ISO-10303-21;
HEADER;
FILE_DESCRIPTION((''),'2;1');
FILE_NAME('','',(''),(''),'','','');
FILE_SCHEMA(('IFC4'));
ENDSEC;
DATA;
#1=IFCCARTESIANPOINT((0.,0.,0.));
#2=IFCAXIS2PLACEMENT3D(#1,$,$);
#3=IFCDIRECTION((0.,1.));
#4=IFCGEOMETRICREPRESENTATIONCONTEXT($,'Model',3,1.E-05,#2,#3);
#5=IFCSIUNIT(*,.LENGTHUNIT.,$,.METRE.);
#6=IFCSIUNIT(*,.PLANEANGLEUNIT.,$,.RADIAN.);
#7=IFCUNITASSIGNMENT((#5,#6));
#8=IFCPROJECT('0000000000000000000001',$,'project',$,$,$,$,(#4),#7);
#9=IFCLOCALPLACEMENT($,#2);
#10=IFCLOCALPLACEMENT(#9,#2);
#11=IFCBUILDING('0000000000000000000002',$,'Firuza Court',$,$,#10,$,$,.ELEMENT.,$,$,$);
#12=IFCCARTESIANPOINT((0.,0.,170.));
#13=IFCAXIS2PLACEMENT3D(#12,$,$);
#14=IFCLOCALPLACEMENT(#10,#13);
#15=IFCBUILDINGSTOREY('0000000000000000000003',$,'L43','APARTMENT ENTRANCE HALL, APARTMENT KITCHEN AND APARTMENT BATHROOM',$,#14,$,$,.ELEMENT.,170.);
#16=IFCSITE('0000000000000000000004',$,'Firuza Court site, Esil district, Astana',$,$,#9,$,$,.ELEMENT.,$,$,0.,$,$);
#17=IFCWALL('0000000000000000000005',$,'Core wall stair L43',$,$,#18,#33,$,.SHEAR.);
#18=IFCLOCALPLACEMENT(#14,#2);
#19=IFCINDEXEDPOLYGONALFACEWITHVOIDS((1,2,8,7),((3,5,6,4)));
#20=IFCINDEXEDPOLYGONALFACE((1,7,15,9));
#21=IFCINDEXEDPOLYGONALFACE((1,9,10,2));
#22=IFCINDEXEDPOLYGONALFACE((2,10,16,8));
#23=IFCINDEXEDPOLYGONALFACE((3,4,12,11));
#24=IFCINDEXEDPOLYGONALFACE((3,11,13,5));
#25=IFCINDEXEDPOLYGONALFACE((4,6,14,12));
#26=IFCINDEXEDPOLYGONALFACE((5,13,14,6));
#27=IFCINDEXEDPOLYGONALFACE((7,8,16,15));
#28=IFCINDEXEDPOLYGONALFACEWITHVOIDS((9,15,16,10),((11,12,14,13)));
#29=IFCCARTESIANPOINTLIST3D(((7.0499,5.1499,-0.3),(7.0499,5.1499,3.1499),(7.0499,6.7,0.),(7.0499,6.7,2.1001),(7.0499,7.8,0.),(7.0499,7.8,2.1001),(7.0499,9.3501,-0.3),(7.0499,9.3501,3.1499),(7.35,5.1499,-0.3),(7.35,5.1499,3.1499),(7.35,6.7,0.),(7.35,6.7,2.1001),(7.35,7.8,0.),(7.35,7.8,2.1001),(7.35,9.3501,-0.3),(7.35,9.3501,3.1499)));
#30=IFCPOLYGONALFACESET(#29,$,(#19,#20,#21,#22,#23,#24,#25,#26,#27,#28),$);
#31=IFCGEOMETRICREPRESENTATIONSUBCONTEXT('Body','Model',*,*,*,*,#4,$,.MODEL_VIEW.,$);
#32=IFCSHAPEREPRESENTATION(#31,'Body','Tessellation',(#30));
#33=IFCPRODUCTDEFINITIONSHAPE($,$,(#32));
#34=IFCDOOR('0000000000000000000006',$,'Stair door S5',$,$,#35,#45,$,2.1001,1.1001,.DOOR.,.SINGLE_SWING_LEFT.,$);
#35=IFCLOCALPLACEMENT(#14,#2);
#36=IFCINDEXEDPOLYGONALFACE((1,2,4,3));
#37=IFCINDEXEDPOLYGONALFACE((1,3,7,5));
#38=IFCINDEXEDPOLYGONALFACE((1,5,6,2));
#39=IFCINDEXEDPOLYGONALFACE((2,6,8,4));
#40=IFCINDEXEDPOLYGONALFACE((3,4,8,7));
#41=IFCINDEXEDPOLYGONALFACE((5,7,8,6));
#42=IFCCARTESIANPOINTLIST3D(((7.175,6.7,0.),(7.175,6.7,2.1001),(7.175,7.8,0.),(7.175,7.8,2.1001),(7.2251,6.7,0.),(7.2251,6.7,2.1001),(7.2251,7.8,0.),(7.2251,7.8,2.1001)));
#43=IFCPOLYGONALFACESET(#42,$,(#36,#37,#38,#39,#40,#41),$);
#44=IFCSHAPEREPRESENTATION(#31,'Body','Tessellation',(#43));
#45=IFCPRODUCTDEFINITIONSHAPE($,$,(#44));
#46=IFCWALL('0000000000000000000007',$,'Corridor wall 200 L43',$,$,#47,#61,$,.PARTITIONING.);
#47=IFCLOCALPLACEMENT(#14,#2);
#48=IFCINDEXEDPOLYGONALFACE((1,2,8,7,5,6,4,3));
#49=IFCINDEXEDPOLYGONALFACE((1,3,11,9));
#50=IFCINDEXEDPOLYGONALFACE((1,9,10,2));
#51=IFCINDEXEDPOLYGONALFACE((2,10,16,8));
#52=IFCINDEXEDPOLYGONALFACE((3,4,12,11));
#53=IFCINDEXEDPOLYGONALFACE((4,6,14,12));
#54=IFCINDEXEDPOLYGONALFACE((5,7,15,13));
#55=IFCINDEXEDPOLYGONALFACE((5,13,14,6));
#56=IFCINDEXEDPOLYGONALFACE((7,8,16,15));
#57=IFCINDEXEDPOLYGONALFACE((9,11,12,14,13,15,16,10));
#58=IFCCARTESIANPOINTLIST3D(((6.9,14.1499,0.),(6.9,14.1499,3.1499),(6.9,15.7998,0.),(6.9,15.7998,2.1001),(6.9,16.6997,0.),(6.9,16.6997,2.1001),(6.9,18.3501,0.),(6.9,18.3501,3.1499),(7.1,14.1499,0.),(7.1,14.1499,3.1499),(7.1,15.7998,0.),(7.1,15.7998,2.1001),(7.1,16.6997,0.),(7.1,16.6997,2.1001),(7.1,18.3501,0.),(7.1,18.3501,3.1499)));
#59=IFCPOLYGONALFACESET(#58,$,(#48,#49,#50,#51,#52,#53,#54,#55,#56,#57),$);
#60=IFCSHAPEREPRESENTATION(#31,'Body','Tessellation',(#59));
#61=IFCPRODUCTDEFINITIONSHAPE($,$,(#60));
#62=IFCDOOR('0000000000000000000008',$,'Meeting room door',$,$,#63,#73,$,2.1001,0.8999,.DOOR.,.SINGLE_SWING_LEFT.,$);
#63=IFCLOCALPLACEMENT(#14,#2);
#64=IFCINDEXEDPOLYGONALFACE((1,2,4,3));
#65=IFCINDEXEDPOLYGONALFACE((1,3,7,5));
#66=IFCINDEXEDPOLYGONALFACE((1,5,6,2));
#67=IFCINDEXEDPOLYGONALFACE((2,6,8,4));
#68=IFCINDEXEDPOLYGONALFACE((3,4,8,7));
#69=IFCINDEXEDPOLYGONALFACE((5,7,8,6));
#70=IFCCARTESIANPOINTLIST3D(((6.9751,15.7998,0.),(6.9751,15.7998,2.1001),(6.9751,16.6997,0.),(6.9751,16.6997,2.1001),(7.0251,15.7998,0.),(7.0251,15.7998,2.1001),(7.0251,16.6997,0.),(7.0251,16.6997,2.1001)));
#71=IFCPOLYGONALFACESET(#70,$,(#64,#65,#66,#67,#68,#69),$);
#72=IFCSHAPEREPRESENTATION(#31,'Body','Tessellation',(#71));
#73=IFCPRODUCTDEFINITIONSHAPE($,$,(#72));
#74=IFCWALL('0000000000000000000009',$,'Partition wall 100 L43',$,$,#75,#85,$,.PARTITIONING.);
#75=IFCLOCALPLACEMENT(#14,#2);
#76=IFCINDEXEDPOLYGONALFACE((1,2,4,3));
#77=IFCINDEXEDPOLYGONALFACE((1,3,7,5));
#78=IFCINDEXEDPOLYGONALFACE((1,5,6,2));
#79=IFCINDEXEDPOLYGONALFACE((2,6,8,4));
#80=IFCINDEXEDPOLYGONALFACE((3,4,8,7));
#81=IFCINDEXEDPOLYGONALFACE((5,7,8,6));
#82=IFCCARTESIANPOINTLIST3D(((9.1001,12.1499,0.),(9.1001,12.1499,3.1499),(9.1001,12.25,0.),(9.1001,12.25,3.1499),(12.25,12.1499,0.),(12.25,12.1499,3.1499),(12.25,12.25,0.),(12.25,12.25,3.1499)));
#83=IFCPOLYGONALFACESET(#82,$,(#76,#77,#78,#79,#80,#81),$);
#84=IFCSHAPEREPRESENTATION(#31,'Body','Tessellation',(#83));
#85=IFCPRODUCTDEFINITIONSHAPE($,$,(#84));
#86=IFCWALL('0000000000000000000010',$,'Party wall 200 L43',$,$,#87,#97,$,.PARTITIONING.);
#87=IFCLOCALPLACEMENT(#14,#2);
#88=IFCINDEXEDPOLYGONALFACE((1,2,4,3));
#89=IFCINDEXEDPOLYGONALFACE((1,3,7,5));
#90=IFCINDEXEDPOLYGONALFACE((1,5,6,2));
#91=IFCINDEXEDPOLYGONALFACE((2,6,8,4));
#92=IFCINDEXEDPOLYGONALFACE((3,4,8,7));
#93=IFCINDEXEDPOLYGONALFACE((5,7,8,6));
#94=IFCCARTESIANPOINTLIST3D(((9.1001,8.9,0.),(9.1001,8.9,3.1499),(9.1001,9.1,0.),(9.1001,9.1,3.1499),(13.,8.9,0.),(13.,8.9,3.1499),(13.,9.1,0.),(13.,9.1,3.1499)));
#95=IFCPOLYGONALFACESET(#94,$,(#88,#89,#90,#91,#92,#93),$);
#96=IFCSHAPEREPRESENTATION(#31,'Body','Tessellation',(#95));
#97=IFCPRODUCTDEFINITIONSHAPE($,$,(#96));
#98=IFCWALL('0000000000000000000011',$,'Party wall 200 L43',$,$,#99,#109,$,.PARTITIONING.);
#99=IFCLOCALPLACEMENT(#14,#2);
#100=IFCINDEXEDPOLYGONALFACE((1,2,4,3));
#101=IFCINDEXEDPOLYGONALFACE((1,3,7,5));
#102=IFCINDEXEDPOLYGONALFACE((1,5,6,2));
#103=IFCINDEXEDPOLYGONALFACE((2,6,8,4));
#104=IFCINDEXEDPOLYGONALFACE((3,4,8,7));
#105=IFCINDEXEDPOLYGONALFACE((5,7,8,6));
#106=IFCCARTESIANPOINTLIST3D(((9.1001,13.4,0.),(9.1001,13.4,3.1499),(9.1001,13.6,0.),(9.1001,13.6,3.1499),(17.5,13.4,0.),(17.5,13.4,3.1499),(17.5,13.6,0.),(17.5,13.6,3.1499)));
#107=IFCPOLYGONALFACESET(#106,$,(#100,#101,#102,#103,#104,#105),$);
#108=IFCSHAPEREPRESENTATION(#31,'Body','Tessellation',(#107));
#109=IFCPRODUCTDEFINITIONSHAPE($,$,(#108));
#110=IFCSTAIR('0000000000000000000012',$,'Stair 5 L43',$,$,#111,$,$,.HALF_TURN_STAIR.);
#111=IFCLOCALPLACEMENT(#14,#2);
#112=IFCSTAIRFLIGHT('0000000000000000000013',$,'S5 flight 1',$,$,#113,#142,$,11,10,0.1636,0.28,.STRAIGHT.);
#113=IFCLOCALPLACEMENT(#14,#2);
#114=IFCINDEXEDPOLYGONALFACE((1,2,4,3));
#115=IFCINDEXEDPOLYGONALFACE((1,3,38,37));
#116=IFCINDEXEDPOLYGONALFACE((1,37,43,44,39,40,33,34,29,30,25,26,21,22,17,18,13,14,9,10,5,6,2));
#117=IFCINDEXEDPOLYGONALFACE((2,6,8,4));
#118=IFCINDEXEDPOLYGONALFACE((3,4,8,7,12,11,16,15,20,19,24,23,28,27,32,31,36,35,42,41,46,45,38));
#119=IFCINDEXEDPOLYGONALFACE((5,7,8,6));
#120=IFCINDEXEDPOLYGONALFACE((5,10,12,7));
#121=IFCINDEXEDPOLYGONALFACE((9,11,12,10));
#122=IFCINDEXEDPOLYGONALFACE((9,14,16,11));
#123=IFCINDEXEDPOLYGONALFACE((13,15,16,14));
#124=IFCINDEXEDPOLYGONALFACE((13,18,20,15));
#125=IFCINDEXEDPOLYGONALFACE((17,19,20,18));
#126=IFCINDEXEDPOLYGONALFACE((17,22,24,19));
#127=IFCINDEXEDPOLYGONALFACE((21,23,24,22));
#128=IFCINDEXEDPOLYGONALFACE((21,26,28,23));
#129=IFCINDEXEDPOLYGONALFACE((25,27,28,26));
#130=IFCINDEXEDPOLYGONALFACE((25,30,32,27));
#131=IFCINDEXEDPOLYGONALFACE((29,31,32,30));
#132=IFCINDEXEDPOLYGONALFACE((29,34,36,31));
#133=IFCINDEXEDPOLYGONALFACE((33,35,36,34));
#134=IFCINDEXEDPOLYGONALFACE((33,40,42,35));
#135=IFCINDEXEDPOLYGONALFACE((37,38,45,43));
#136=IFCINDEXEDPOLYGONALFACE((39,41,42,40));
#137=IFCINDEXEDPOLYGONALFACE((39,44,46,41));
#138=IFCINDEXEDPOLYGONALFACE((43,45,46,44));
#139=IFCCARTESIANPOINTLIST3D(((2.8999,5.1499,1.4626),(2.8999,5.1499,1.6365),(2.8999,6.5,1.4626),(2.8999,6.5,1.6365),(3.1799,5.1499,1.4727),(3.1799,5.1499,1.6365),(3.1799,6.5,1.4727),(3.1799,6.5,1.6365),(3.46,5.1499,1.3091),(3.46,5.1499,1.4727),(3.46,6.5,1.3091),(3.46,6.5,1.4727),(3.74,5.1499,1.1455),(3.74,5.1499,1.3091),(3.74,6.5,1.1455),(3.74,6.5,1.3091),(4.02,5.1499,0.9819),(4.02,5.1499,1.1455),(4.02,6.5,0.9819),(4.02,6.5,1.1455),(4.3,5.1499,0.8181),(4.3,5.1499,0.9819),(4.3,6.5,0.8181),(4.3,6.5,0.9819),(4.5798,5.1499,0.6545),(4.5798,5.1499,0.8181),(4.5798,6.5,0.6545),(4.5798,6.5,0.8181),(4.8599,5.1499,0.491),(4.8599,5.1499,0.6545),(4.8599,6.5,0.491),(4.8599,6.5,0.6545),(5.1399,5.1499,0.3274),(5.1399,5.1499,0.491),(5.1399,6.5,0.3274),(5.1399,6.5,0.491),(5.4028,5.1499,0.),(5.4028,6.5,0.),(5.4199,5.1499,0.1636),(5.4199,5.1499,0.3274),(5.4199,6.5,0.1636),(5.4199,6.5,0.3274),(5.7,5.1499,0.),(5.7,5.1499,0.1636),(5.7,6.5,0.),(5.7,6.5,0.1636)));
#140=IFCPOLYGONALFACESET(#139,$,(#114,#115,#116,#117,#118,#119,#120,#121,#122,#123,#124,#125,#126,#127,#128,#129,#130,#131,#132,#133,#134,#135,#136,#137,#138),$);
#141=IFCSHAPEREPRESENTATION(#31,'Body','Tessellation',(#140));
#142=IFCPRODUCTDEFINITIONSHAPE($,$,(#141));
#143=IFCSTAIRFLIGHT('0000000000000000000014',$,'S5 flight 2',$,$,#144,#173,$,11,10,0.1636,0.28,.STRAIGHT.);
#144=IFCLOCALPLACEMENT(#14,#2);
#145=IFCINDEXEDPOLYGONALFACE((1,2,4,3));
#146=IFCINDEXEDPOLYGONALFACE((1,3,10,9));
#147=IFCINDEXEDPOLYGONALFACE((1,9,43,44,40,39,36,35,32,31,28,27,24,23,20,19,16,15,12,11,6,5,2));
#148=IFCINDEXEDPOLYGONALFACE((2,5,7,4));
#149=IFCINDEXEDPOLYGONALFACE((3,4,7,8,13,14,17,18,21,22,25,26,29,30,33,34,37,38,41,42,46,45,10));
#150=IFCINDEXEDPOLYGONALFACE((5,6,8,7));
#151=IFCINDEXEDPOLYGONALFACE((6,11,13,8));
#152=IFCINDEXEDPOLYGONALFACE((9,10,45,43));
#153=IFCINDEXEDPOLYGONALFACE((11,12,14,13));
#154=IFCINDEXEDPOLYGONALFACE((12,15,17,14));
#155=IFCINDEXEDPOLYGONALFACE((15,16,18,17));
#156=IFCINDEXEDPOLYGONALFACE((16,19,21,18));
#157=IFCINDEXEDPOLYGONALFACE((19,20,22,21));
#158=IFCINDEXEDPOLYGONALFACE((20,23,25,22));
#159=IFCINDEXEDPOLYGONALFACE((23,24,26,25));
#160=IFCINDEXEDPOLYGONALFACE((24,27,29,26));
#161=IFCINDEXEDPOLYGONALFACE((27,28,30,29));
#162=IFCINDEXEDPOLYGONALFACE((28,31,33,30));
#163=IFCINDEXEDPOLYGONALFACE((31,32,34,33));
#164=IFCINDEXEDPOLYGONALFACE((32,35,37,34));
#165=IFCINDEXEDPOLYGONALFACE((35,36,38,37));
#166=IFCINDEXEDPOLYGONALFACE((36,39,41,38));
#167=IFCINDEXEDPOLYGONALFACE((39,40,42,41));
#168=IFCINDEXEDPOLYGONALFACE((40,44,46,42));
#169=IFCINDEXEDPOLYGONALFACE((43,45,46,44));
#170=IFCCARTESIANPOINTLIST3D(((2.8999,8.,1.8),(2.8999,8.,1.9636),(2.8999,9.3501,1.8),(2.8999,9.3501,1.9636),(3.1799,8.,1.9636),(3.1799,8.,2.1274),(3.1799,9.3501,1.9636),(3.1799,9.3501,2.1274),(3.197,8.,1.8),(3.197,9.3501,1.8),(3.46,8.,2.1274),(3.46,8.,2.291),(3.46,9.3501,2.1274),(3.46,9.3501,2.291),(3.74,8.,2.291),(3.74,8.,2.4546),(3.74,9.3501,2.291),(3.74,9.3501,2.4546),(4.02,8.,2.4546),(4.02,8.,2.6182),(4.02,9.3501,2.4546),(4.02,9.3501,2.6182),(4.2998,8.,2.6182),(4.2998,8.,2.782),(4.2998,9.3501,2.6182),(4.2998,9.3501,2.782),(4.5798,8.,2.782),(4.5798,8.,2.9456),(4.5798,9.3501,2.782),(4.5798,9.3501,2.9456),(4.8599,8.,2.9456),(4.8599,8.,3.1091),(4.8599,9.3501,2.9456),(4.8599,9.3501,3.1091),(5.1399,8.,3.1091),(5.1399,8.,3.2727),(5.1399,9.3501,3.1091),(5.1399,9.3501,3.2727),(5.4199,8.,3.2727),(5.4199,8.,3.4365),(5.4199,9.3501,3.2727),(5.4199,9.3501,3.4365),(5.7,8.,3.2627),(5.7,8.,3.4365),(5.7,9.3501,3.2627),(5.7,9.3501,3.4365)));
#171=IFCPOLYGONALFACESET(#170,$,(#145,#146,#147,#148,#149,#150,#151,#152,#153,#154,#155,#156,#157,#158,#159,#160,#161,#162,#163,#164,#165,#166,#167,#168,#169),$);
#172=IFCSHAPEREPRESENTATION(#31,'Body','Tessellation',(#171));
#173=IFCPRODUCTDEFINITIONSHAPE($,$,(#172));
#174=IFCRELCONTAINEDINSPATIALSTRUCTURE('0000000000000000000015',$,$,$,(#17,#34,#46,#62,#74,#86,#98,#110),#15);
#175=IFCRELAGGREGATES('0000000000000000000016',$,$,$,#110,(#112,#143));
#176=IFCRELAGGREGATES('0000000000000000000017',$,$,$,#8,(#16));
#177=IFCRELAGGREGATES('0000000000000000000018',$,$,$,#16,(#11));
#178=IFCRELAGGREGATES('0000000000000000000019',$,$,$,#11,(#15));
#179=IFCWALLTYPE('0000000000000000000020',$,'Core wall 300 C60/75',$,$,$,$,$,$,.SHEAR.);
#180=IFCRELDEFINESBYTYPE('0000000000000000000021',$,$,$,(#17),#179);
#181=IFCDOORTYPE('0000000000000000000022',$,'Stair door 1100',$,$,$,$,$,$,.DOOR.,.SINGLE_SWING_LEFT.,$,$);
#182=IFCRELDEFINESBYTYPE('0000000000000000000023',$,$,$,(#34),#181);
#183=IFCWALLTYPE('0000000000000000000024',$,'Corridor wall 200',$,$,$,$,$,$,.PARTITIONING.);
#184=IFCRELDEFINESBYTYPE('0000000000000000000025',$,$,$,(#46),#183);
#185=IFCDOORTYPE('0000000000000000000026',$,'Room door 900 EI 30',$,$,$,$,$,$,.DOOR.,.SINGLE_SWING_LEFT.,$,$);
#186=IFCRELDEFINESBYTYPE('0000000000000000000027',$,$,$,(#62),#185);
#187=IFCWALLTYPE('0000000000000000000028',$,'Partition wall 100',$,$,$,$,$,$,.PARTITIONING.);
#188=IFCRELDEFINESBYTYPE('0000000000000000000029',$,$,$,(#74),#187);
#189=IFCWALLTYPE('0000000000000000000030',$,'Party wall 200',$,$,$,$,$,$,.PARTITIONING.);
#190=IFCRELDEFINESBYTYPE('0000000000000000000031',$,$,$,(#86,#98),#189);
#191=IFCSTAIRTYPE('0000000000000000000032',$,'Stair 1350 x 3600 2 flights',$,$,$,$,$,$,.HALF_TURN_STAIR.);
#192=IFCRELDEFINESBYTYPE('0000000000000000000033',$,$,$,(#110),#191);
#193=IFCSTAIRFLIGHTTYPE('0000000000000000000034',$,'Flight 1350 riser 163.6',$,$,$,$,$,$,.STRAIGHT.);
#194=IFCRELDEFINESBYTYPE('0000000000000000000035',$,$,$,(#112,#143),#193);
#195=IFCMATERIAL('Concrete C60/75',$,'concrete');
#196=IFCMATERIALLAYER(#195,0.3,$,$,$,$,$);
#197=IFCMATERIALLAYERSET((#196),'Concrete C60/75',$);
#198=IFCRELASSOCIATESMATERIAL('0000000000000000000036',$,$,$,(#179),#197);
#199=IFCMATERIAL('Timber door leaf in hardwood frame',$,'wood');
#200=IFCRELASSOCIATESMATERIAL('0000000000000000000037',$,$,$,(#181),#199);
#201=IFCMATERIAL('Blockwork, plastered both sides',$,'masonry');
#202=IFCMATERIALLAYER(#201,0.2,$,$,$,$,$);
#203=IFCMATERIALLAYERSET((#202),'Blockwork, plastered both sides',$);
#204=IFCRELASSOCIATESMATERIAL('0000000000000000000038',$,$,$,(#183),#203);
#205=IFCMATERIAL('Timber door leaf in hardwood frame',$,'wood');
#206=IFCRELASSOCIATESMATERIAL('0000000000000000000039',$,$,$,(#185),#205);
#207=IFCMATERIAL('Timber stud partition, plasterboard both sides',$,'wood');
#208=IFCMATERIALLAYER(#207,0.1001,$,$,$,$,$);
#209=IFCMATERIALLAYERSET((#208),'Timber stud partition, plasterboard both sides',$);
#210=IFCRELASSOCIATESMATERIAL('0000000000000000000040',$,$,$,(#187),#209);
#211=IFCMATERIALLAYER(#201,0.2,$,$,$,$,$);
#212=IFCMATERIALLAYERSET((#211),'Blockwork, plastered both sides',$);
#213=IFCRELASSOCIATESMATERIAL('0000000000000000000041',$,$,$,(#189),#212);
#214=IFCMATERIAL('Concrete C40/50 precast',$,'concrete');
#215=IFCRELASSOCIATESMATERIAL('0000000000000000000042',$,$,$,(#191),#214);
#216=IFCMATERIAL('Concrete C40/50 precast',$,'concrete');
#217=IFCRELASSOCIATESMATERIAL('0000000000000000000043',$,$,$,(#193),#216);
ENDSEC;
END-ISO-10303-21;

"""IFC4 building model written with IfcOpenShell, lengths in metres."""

from ifc_helpers import new_model, si_unit, direction, frame, frame_2d, origin, place, context, subcontext, project, spatial, polyline, rectangle, outline, extrude, material, layer, layer_set, type_object, element, fill, aggregate, save


model = new_model("IFC4")

# Units and contexts
model_context = context("Model", 3, precision=1e-05, world=origin(), true_north=direction((0.0, 1.0)))
body_context = subcontext(model_context, "Body", "Model", "MODEL_VIEW")
ifc_project = project(units=[si_unit("LENGTHUNIT", "METRE"), si_unit("PLANEANGLEUNIT", "RADIAN")], contexts=[model_context])

# Site, building, storey
site_placement = place(None, origin())
site = spatial("IfcSite", under=ifc_project, at=site_placement, Name="Firuza Court site, Esil district, Astana", CompositionType="ELEMENT", RefElevation=0.0)
building_placement = place(site_placement, origin())
building = spatial("IfcBuilding", under=site, at=building_placement, Name="Firuza Court", CompositionType="ELEMENT")
storey_placement = place(building_placement, frame((0.0, 0.0, 170.0)))
storey = spatial("IfcBuildingStorey", under=building, at=storey_placement, Name="L43", Description="APARTMENT ENTRANCE HALL, APARTMENT KITCHEN AND APARTMENT BATHROOM", CompositionType="ELEMENT", Elevation=170.0)

# Shared definitions
ifc_material_1 = material(Name="Concrete C60/75", Category="concrete")
ifc_layer_1 = layer(ifc_material_1, 0.3)
ifc_layer_set_1 = layer_set([ifc_layer_1], Name="Concrete C60/75")
wall_type_1 = type_object("IfcWallType", Name="Core wall 300 C60/75", PredefinedType="SHEAR", material=ifc_layer_set_1)

# Walls, openings, doors
wall_1_placement = place(storey_placement, frame((7.2, 5.1499, -0.3), z_axis=(0.0, 0.0, 1.0), x_axis=(0.0, 1.0, 0.0)))
wall_1 = element("IfcWall", 1, at=wall_1_placement, inside=storey, type_object=wall_type_1, Name="Core wall stair L43", PredefinedType="SHEAR", context=body_context, shape_type="SweptSolid", body=[
    extrude(rectangle(XDim=4.2002, YDim=0.3, at=frame_2d((2.1001, 0.0))), origin(), (0.0, 0.0, 1.0), 3.45),
])
opening_1_placement = place(wall_1_placement, frame((1.55, 0.0, 0.3)))
opening_1 = element("IfcOpeningElement", 2, at=opening_1_placement, cuts=wall_1, PredefinedType="OPENING", context=body_context, shape_type="SweptSolid", body=[
    extrude(rectangle(XDim=1.1001, YDim=2.1001, at=frame_2d((0.55, 1.05))), frame((0.0, 0.1621, 0.0), z_axis=(0.0, -1.0, 0.0), x_axis=(1.0, 0.0, 0.0)), (0.0, 0.0, 1.0), 0.324),
])
ifc_material_2 = material(Name="Timber door leaf in hardwood frame", Category="wood")
door_type_1 = type_object("IfcDoorType", Name="Stair door 1100", OperationType="SINGLE_SWING_LEFT", PredefinedType="DOOR", material=ifc_material_2)
door_1_placement = place(opening_1_placement, origin())
door_1 = element("IfcDoor", 3, at=door_1_placement, inside=storey, type_object=door_type_1, Name="Stair door S5", OperationType="SINGLE_SWING_LEFT", OverallHeight=2.1001, OverallWidth=1.1001, PredefinedType="DOOR", context=body_context, shape_type="SweptSolid", body=[
    extrude(rectangle(XDim=1.1001, YDim=2.1001, at=frame_2d((0.55, 1.05))), frame((0.0, 0.0249, 0.0), z_axis=(0.0, -1.0, 0.0), x_axis=(1.0, 0.0, 0.0)), (0.0, 0.0, 1.0), 0.05),
])
fill(opening_1, door_1)
ifc_material_3 = material(Name="Blockwork, plastered both sides", Category="masonry")
ifc_layer_2 = layer(ifc_material_3, 0.2)
ifc_layer_set_2 = layer_set([ifc_layer_2], Name="Blockwork, plastered both sides")
wall_type_2 = type_object("IfcWallType", Name="Corridor wall 200", PredefinedType="PARTITIONING", material=ifc_layer_set_2)
wall_2_placement = place(storey_placement, frame((7.0, 14.1499, 0.0), z_axis=(0.0, 0.0, 1.0), x_axis=(0.0, 1.0, 0.0)))
wall_2 = element("IfcWall", 4, at=wall_2_placement, inside=storey, type_object=wall_type_2, Name="Corridor wall 200 L43", PredefinedType="PARTITIONING", context=body_context, shape_type="SweptSolid", body=[
    extrude(rectangle(XDim=4.2002, YDim=0.2, at=frame_2d((2.1001, 0.0))), origin(), (0.0, 0.0, 1.0), 3.1499),
])
opening_2_placement = place(wall_2_placement, frame((1.6499, 0.0, 0.0)))
opening_2 = element("IfcOpeningElement", 5, at=opening_2_placement, cuts=wall_2, PredefinedType="OPENING", context=body_context, shape_type="SweptSolid", body=[
    extrude(rectangle(XDim=0.8999, YDim=2.1001, at=frame_2d((0.45, 1.05))), frame((0.0, 0.1118, 0.0), z_axis=(0.0, -1.0, 0.0), x_axis=(1.0, 0.0, 0.0)), (0.0, 0.0, 1.0), 0.2239),
])
ifc_material_4 = material(Name="Timber door leaf in hardwood frame", Category="wood")
door_type_2 = type_object("IfcDoorType", Name="Room door 900 EI 30", OperationType="SINGLE_SWING_LEFT", PredefinedType="DOOR", material=ifc_material_4)
door_2_placement = place(opening_2_placement, origin())
door_2 = element("IfcDoor", 6, at=door_2_placement, inside=storey, type_object=door_type_2, Name="Meeting room door", OperationType="SINGLE_SWING_LEFT", OverallHeight=2.1001, OverallWidth=0.8999, PredefinedType="DOOR", context=body_context, shape_type="SweptSolid", body=[
    extrude(rectangle(XDim=0.8999, YDim=2.1001, at=frame_2d((0.45, 1.05))), frame((0.0, 0.0249, 0.0), z_axis=(0.0, -1.0, 0.0), x_axis=(1.0, 0.0, 0.0)), (0.0, 0.0, 1.0), 0.05),
])
fill(opening_2, door_2)

# Walls
ifc_material_5 = material(Name="Timber stud partition, plasterboard both sides", Category="wood")
ifc_layer_3 = layer(ifc_material_5, 0.1001)
ifc_layer_set_3 = layer_set([ifc_layer_3], Name="Timber stud partition, plasterboard both sides")
wall_type_3 = type_object("IfcWallType", Name="Partition wall 100", PredefinedType="PARTITIONING", material=ifc_layer_set_3)
wall_3_placement = place(storey_placement, frame((9.1001, 12.2, 0.0), z_axis=(0.0, 0.0, 1.0), x_axis=(1.0, 0.0, 0.0)))
element("IfcWall", 7, at=wall_3_placement, inside=storey, type_object=wall_type_3, Name="Partition wall 100 L43", PredefinedType="PARTITIONING", context=body_context, shape_type="SweptSolid", body=[
    extrude(rectangle(XDim=3.1499, YDim=0.1001, at=frame_2d((1.575, 0.0))), origin(), (0.0, 0.0, 1.0), 3.1499),
])
ifc_layer_4 = layer(ifc_material_3, 0.2)
ifc_layer_set_4 = layer_set([ifc_layer_4], Name="Blockwork, plastered both sides")
wall_type_4 = type_object("IfcWallType", Name="Party wall 200", PredefinedType="PARTITIONING", material=ifc_layer_set_4)
wall_4_placement = place(storey_placement, frame((9.1001, 9.0, 0.0), z_axis=(0.0, 0.0, 1.0), x_axis=(1.0, 0.0, 0.0)))
element("IfcWall", 8, at=wall_4_placement, inside=storey, type_object=wall_type_4, Name="Party wall 200 L43", PredefinedType="PARTITIONING", context=body_context, shape_type="SweptSolid", body=[
    extrude(rectangle(XDim=3.8999, YDim=0.2, at=frame_2d((1.95, 0.0))), origin(), (0.0, 0.0, 1.0), 3.1499),
])
wall_5_placement = place(storey_placement, frame((9.1001, 13.5, 0.0), z_axis=(0.0, 0.0, 1.0), x_axis=(1.0, 0.0, 0.0)))
element("IfcWall", 9, at=wall_5_placement, inside=storey, type_object=wall_type_4, Name="Party wall 200 L43", PredefinedType="PARTITIONING", context=body_context, shape_type="SweptSolid", body=[
    extrude(rectangle(XDim=8.3999, YDim=0.2, at=frame_2d((4.2, 0.0))), origin(), (0.0, 0.0, 1.0), 3.1499),
])

# Stair, stair flights
ifc_material_6 = material(Name="Concrete C40/50 precast", Category="concrete")
stair_type = type_object("IfcStairType", Name="Stair 1350 x 3600 2 flights", PredefinedType="HALF_TURN_STAIR", material=ifc_material_6)
stair_placement = place(storey_placement, origin())
stair = element("IfcStair", 10, at=stair_placement, inside=storey, type_object=stair_type, Name="Stair 5 L43", PredefinedType="HALF_TURN_STAIR")
ifc_material_7 = material(Name="Concrete C40/50 precast", Category="concrete")
stair_flight_type = type_object("IfcStairFlightType", Name="Flight 1350 riser 163.6", PredefinedType="STRAIGHT", material=ifc_material_7)
stair_flight_1_placement = place(storey_placement, frame((5.7, 5.825, 0.0), z_axis=(0.0, 0.0, 1.0), x_axis=(-1.0, 0.0, 0.0)))
stair_flight_1 = element("IfcStairFlight", 11, at=stair_flight_1_placement, type_object=stair_flight_type, Name="S5 flight 1", NumberOfRisers=11, NumberOfTreads=10, PredefinedType="STRAIGHT", RiserHeight=0.1636, TreadLength=0.28, context=body_context, shape_type="SweptSolid", body=[
    extrude(outline(polyline([(0.0, 0.0), (0.0, 0.1636), (0.28, 0.1636), (0.28, 0.3274), (0.5601, 0.3274), (0.5601, 0.491), (0.8401, 0.491), (0.8401, 0.6545), (1.1201, 0.6545), (1.1201, 0.8181), (1.3999, 0.8181), (1.3999, 0.9819), (1.6799, 0.9819), (1.6799, 1.1455), (1.96, 1.1455), (1.96, 1.3091), (2.24, 1.3091), (2.24, 1.4727), (2.52, 1.4727), (2.52, 1.6365), (2.8, 1.6365), (2.8, 1.8), (2.8, 1.4626), (0.2971, 0.0), (0.0, 0.0)])), frame((0.0, 0.675, 0.0), z_axis=(0.0, -1.0, 0.0), x_axis=(1.0, 0.0, 0.0)), (0.0, 0.0, 1.0), 1.3501),
])
stair_flight_2_placement = place(storey_placement, frame((2.8999, 8.675, 1.8), z_axis=(0.0, 0.0, 1.0), x_axis=(1.0, 0.0, 0.0)))
stair_flight_2 = element("IfcStairFlight", 12, at=stair_flight_2_placement, type_object=stair_flight_type, Name="S5 flight 2", NumberOfRisers=11, NumberOfTreads=10, PredefinedType="STRAIGHT", RiserHeight=0.1636, TreadLength=0.28, context=body_context, shape_type="SweptSolid", body=[
    extrude(outline(polyline([(0.0, 0.0), (0.0, 0.1636), (0.28, 0.1636), (0.28, 0.3274), (0.5601, 0.3274), (0.5601, 0.491), (0.8401, 0.491), (0.8401, 0.6545), (1.1201, 0.6545), (1.1201, 0.8181), (1.3999, 0.8181), (1.3999, 0.9819), (1.6799, 0.9819), (1.6799, 1.1455), (1.96, 1.1455), (1.96, 1.3091), (2.24, 1.3091), (2.24, 1.4727), (2.52, 1.4727), (2.52, 1.6365), (2.8, 1.6365), (2.8, 1.8), (2.8, 1.4626), (0.2971, 0.0), (0.0, 0.0)])), frame((0.0, 0.675, 0.0), z_axis=(0.0, -1.0, 0.0), x_axis=(1.0, 0.0, 0.0)), (0.0, 0.0, 1.0), 1.3501),
])
aggregate(stair, [stair_flight_1, stair_flight_2])

save(model, "model.ifc")
